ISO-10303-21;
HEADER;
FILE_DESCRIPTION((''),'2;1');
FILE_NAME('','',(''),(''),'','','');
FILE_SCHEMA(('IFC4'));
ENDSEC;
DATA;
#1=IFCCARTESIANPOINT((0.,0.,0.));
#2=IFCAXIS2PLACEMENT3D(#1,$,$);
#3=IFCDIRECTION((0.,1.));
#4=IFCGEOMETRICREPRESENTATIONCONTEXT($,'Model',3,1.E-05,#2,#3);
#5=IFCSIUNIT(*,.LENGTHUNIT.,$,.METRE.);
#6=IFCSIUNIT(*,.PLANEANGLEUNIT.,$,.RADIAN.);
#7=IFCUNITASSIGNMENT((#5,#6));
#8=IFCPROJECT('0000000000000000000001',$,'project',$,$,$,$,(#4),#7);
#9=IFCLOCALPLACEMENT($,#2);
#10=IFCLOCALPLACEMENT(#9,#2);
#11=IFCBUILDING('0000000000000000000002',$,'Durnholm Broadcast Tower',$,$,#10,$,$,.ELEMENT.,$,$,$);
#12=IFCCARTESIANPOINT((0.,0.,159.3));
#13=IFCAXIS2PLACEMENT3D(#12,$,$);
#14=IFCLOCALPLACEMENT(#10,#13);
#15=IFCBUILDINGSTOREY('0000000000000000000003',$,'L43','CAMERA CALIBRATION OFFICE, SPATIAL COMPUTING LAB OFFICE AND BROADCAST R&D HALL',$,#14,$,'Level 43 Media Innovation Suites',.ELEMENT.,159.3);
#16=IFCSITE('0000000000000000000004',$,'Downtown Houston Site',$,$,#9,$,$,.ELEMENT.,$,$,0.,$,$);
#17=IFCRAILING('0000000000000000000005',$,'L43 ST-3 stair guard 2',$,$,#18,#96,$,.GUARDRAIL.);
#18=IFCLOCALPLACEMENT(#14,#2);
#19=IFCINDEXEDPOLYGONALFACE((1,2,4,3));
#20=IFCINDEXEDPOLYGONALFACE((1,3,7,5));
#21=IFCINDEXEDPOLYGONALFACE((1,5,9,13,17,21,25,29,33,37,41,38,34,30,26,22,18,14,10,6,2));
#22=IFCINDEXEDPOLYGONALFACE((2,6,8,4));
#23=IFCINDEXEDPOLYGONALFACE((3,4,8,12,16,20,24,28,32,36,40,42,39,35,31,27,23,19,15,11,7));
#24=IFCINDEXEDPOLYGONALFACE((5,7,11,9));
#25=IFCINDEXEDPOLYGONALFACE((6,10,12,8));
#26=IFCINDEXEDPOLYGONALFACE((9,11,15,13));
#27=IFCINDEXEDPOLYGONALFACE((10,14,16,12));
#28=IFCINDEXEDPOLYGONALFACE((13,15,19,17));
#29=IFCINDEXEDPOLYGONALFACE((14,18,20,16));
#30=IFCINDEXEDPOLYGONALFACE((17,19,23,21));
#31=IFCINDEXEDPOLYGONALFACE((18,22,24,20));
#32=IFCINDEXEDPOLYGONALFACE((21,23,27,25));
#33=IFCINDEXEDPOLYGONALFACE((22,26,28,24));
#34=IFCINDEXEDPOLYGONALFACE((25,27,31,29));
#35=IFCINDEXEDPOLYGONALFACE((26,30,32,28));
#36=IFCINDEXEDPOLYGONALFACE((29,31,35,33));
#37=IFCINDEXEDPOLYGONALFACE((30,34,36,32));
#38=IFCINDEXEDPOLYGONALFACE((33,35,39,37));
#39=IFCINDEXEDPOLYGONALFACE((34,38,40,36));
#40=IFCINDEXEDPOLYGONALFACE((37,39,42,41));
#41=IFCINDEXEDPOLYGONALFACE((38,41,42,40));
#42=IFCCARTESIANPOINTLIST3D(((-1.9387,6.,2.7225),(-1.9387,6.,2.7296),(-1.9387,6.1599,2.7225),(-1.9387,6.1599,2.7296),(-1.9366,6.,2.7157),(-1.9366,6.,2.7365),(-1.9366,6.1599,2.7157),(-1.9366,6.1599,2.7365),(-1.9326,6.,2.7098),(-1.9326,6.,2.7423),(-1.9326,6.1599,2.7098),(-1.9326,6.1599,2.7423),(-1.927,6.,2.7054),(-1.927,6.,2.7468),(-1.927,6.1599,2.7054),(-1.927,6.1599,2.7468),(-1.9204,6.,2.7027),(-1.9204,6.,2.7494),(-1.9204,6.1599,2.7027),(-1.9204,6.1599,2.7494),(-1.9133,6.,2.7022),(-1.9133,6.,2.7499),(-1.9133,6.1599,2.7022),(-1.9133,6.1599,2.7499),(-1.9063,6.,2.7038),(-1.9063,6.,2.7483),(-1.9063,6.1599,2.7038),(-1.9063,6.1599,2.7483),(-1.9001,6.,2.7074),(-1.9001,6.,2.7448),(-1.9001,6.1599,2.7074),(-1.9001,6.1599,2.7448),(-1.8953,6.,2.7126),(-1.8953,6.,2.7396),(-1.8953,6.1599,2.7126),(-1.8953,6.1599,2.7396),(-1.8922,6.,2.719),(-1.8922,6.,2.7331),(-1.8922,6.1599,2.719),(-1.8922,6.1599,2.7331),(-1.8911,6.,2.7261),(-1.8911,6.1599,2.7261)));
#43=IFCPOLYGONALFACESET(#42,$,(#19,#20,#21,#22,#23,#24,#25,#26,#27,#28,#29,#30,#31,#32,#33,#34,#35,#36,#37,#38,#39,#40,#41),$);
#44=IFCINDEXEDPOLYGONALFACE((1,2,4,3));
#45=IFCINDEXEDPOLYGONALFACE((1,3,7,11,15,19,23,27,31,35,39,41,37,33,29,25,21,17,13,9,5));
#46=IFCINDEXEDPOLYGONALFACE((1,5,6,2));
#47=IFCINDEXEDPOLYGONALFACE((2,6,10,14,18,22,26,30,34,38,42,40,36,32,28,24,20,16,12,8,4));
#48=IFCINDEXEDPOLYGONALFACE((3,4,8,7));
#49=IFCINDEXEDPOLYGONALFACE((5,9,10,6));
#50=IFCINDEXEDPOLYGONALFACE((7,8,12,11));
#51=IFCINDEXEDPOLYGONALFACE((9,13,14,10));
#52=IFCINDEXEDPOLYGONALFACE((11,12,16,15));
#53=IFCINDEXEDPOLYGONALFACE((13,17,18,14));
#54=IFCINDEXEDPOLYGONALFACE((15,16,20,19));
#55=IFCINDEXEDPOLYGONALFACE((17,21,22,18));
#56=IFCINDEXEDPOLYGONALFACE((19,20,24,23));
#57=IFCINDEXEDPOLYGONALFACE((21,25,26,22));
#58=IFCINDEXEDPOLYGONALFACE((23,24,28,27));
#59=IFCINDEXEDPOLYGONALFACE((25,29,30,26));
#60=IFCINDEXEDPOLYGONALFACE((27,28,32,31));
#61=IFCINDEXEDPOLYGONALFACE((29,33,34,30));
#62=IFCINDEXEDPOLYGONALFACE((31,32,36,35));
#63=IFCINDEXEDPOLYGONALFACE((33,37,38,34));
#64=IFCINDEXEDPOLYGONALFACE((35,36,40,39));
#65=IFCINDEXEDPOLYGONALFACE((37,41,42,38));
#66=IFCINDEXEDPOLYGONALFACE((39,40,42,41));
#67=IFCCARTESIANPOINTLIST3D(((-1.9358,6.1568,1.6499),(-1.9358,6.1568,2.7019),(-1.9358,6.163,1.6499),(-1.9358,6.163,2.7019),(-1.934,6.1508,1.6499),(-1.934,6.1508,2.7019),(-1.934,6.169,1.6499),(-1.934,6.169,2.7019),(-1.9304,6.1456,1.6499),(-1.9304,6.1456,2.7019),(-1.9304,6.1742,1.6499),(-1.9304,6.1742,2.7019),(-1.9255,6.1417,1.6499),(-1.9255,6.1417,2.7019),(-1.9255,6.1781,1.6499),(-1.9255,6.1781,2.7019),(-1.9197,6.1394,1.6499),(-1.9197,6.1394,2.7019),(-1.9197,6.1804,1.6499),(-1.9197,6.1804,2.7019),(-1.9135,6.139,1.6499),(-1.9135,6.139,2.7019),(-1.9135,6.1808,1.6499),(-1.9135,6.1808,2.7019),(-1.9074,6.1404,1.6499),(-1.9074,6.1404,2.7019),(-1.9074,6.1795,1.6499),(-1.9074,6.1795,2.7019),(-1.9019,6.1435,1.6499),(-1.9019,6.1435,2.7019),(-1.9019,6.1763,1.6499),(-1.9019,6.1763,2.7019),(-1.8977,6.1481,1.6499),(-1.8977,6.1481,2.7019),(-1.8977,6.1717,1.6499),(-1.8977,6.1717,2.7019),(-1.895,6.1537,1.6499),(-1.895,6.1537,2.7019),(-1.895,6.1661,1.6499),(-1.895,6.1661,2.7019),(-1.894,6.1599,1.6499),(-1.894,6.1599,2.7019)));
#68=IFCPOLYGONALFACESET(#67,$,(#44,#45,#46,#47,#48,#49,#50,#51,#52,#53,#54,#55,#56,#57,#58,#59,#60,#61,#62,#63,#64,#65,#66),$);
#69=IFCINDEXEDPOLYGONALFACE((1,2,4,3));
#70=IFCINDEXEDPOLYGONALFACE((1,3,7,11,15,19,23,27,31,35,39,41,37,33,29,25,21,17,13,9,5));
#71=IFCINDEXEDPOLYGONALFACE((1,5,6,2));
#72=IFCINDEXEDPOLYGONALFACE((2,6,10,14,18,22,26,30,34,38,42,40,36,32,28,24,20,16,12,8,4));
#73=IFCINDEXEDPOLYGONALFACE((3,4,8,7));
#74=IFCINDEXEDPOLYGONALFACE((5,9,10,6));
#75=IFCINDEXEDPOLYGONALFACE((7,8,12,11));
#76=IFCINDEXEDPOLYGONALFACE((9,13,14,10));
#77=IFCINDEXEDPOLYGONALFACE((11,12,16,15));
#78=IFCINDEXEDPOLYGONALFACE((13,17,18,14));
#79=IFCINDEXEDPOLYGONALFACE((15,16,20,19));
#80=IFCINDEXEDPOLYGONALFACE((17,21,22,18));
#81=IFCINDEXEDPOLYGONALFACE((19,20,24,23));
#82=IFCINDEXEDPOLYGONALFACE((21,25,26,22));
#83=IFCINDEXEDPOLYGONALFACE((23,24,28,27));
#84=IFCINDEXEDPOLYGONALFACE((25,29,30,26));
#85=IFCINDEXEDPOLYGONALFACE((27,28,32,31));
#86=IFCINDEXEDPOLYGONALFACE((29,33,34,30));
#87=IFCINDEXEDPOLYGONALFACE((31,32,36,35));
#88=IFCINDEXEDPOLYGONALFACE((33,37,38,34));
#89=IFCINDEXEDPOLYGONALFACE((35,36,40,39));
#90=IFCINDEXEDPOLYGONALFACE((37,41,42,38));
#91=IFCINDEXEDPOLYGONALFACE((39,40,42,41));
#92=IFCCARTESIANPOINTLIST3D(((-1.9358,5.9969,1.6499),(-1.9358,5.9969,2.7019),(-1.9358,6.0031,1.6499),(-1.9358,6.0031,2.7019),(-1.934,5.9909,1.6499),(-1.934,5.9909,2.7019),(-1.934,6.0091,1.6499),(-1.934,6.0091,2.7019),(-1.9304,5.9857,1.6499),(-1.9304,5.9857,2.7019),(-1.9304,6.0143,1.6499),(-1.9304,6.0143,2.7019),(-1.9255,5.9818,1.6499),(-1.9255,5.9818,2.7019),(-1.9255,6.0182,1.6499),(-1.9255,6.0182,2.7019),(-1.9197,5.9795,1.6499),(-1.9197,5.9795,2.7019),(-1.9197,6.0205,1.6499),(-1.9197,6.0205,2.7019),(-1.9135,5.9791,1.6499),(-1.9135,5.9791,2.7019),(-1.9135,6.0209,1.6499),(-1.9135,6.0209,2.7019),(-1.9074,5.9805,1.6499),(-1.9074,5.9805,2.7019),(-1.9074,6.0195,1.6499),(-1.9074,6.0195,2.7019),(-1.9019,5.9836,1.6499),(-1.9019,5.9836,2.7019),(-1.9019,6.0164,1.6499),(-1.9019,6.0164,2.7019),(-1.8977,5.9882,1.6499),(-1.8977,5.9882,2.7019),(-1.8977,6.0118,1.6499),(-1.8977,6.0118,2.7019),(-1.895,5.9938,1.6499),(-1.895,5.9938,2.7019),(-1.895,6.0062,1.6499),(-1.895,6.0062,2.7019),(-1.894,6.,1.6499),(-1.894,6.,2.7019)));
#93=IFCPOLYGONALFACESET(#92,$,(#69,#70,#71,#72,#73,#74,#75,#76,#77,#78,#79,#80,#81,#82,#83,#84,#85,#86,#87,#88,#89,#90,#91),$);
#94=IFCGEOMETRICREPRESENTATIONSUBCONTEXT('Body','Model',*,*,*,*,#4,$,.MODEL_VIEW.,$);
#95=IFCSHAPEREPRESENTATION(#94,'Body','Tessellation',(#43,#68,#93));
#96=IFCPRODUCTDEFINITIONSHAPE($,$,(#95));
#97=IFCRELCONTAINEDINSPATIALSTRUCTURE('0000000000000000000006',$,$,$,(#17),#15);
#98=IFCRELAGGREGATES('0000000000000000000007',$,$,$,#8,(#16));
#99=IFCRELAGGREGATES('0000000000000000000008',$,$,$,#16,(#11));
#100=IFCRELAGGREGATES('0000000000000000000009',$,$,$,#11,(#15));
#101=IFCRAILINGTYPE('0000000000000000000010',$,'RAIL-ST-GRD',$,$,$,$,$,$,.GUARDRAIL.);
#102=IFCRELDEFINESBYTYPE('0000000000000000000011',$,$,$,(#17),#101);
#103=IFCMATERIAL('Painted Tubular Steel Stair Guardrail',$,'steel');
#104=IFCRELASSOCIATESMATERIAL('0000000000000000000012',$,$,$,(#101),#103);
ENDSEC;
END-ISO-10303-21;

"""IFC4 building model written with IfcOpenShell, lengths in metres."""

from ifc_helpers import new_model, si_unit, direction, frame, origin, origin_2d, place, context, subcontext, project, spatial, circle, extrude, material, type_object, element, save


model = new_model("IFC4")

# Units and contexts
model_context = context("Model", 3, precision=1e-05, world=origin(), true_north=direction((0.0, 1.0)))
body_context = subcontext(model_context, "Body", "Model", "MODEL_VIEW")
ifc_project = project(units=[si_unit("LENGTHUNIT", "METRE"), si_unit("PLANEANGLEUNIT", "RADIAN")], contexts=[model_context])

# Site, building, storey
site_placement = place(None, origin())
site = spatial("IfcSite", under=ifc_project, at=site_placement, Name="Downtown Houston Site", CompositionType="ELEMENT", RefElevation=0.0)
building_placement = place(site_placement, origin())
building = spatial("IfcBuilding", under=site, at=building_placement, Name="Durnholm Broadcast Tower", CompositionType="ELEMENT")
storey_placement = place(building_placement, frame((0.0, 0.0, 159.3)))
storey = spatial("IfcBuildingStorey", under=building, at=storey_placement, Name="L43", Description="CAMERA CALIBRATION OFFICE, SPATIAL COMPUTING LAB OFFICE AND BROADCAST R&D HALL", LongName="Level 43 Media Innovation Suites", CompositionType="ELEMENT", Elevation=159.3)

# Railing
ifc_material_1 = material(Name="Painted Tubular Steel Stair Guardrail", Category="steel")
railing_type_1 = type_object("IfcRailingType", Name="RAIL-ST-GRD", PredefinedType="GUARDRAIL", material=ifc_material_1)
railing_1_placement = place(storey_placement, frame((-1.915, 6.1599, 1.6499)))
element("IfcRailing", 1, at=railing_1_placement, inside=storey, type_object=railing_type_1, Name="L43 ST-3 stair guard 2", PredefinedType="GUARDRAIL", context=body_context, shape_type="SweptSolid", body=[
    extrude(circle(Radius=0.0239, at=origin_2d()), frame((0.0, 0.0, 1.0762), z_axis=(0.0, -1.0, 0.0), x_axis=(1.0, 0.0, 0.0)), (0.0, 0.0, 1.0), 0.1599),
    extrude(circle(Radius=0.021, at=origin_2d()), origin(), (0.0, 0.0, 1.0), 1.052),
    extrude(circle(Radius=0.021, at=origin_2d()), frame((0.0, -0.1599, 0.0)), (0.0, 0.0, 1.0), 1.052),
])

save(model, "model.ifc")
